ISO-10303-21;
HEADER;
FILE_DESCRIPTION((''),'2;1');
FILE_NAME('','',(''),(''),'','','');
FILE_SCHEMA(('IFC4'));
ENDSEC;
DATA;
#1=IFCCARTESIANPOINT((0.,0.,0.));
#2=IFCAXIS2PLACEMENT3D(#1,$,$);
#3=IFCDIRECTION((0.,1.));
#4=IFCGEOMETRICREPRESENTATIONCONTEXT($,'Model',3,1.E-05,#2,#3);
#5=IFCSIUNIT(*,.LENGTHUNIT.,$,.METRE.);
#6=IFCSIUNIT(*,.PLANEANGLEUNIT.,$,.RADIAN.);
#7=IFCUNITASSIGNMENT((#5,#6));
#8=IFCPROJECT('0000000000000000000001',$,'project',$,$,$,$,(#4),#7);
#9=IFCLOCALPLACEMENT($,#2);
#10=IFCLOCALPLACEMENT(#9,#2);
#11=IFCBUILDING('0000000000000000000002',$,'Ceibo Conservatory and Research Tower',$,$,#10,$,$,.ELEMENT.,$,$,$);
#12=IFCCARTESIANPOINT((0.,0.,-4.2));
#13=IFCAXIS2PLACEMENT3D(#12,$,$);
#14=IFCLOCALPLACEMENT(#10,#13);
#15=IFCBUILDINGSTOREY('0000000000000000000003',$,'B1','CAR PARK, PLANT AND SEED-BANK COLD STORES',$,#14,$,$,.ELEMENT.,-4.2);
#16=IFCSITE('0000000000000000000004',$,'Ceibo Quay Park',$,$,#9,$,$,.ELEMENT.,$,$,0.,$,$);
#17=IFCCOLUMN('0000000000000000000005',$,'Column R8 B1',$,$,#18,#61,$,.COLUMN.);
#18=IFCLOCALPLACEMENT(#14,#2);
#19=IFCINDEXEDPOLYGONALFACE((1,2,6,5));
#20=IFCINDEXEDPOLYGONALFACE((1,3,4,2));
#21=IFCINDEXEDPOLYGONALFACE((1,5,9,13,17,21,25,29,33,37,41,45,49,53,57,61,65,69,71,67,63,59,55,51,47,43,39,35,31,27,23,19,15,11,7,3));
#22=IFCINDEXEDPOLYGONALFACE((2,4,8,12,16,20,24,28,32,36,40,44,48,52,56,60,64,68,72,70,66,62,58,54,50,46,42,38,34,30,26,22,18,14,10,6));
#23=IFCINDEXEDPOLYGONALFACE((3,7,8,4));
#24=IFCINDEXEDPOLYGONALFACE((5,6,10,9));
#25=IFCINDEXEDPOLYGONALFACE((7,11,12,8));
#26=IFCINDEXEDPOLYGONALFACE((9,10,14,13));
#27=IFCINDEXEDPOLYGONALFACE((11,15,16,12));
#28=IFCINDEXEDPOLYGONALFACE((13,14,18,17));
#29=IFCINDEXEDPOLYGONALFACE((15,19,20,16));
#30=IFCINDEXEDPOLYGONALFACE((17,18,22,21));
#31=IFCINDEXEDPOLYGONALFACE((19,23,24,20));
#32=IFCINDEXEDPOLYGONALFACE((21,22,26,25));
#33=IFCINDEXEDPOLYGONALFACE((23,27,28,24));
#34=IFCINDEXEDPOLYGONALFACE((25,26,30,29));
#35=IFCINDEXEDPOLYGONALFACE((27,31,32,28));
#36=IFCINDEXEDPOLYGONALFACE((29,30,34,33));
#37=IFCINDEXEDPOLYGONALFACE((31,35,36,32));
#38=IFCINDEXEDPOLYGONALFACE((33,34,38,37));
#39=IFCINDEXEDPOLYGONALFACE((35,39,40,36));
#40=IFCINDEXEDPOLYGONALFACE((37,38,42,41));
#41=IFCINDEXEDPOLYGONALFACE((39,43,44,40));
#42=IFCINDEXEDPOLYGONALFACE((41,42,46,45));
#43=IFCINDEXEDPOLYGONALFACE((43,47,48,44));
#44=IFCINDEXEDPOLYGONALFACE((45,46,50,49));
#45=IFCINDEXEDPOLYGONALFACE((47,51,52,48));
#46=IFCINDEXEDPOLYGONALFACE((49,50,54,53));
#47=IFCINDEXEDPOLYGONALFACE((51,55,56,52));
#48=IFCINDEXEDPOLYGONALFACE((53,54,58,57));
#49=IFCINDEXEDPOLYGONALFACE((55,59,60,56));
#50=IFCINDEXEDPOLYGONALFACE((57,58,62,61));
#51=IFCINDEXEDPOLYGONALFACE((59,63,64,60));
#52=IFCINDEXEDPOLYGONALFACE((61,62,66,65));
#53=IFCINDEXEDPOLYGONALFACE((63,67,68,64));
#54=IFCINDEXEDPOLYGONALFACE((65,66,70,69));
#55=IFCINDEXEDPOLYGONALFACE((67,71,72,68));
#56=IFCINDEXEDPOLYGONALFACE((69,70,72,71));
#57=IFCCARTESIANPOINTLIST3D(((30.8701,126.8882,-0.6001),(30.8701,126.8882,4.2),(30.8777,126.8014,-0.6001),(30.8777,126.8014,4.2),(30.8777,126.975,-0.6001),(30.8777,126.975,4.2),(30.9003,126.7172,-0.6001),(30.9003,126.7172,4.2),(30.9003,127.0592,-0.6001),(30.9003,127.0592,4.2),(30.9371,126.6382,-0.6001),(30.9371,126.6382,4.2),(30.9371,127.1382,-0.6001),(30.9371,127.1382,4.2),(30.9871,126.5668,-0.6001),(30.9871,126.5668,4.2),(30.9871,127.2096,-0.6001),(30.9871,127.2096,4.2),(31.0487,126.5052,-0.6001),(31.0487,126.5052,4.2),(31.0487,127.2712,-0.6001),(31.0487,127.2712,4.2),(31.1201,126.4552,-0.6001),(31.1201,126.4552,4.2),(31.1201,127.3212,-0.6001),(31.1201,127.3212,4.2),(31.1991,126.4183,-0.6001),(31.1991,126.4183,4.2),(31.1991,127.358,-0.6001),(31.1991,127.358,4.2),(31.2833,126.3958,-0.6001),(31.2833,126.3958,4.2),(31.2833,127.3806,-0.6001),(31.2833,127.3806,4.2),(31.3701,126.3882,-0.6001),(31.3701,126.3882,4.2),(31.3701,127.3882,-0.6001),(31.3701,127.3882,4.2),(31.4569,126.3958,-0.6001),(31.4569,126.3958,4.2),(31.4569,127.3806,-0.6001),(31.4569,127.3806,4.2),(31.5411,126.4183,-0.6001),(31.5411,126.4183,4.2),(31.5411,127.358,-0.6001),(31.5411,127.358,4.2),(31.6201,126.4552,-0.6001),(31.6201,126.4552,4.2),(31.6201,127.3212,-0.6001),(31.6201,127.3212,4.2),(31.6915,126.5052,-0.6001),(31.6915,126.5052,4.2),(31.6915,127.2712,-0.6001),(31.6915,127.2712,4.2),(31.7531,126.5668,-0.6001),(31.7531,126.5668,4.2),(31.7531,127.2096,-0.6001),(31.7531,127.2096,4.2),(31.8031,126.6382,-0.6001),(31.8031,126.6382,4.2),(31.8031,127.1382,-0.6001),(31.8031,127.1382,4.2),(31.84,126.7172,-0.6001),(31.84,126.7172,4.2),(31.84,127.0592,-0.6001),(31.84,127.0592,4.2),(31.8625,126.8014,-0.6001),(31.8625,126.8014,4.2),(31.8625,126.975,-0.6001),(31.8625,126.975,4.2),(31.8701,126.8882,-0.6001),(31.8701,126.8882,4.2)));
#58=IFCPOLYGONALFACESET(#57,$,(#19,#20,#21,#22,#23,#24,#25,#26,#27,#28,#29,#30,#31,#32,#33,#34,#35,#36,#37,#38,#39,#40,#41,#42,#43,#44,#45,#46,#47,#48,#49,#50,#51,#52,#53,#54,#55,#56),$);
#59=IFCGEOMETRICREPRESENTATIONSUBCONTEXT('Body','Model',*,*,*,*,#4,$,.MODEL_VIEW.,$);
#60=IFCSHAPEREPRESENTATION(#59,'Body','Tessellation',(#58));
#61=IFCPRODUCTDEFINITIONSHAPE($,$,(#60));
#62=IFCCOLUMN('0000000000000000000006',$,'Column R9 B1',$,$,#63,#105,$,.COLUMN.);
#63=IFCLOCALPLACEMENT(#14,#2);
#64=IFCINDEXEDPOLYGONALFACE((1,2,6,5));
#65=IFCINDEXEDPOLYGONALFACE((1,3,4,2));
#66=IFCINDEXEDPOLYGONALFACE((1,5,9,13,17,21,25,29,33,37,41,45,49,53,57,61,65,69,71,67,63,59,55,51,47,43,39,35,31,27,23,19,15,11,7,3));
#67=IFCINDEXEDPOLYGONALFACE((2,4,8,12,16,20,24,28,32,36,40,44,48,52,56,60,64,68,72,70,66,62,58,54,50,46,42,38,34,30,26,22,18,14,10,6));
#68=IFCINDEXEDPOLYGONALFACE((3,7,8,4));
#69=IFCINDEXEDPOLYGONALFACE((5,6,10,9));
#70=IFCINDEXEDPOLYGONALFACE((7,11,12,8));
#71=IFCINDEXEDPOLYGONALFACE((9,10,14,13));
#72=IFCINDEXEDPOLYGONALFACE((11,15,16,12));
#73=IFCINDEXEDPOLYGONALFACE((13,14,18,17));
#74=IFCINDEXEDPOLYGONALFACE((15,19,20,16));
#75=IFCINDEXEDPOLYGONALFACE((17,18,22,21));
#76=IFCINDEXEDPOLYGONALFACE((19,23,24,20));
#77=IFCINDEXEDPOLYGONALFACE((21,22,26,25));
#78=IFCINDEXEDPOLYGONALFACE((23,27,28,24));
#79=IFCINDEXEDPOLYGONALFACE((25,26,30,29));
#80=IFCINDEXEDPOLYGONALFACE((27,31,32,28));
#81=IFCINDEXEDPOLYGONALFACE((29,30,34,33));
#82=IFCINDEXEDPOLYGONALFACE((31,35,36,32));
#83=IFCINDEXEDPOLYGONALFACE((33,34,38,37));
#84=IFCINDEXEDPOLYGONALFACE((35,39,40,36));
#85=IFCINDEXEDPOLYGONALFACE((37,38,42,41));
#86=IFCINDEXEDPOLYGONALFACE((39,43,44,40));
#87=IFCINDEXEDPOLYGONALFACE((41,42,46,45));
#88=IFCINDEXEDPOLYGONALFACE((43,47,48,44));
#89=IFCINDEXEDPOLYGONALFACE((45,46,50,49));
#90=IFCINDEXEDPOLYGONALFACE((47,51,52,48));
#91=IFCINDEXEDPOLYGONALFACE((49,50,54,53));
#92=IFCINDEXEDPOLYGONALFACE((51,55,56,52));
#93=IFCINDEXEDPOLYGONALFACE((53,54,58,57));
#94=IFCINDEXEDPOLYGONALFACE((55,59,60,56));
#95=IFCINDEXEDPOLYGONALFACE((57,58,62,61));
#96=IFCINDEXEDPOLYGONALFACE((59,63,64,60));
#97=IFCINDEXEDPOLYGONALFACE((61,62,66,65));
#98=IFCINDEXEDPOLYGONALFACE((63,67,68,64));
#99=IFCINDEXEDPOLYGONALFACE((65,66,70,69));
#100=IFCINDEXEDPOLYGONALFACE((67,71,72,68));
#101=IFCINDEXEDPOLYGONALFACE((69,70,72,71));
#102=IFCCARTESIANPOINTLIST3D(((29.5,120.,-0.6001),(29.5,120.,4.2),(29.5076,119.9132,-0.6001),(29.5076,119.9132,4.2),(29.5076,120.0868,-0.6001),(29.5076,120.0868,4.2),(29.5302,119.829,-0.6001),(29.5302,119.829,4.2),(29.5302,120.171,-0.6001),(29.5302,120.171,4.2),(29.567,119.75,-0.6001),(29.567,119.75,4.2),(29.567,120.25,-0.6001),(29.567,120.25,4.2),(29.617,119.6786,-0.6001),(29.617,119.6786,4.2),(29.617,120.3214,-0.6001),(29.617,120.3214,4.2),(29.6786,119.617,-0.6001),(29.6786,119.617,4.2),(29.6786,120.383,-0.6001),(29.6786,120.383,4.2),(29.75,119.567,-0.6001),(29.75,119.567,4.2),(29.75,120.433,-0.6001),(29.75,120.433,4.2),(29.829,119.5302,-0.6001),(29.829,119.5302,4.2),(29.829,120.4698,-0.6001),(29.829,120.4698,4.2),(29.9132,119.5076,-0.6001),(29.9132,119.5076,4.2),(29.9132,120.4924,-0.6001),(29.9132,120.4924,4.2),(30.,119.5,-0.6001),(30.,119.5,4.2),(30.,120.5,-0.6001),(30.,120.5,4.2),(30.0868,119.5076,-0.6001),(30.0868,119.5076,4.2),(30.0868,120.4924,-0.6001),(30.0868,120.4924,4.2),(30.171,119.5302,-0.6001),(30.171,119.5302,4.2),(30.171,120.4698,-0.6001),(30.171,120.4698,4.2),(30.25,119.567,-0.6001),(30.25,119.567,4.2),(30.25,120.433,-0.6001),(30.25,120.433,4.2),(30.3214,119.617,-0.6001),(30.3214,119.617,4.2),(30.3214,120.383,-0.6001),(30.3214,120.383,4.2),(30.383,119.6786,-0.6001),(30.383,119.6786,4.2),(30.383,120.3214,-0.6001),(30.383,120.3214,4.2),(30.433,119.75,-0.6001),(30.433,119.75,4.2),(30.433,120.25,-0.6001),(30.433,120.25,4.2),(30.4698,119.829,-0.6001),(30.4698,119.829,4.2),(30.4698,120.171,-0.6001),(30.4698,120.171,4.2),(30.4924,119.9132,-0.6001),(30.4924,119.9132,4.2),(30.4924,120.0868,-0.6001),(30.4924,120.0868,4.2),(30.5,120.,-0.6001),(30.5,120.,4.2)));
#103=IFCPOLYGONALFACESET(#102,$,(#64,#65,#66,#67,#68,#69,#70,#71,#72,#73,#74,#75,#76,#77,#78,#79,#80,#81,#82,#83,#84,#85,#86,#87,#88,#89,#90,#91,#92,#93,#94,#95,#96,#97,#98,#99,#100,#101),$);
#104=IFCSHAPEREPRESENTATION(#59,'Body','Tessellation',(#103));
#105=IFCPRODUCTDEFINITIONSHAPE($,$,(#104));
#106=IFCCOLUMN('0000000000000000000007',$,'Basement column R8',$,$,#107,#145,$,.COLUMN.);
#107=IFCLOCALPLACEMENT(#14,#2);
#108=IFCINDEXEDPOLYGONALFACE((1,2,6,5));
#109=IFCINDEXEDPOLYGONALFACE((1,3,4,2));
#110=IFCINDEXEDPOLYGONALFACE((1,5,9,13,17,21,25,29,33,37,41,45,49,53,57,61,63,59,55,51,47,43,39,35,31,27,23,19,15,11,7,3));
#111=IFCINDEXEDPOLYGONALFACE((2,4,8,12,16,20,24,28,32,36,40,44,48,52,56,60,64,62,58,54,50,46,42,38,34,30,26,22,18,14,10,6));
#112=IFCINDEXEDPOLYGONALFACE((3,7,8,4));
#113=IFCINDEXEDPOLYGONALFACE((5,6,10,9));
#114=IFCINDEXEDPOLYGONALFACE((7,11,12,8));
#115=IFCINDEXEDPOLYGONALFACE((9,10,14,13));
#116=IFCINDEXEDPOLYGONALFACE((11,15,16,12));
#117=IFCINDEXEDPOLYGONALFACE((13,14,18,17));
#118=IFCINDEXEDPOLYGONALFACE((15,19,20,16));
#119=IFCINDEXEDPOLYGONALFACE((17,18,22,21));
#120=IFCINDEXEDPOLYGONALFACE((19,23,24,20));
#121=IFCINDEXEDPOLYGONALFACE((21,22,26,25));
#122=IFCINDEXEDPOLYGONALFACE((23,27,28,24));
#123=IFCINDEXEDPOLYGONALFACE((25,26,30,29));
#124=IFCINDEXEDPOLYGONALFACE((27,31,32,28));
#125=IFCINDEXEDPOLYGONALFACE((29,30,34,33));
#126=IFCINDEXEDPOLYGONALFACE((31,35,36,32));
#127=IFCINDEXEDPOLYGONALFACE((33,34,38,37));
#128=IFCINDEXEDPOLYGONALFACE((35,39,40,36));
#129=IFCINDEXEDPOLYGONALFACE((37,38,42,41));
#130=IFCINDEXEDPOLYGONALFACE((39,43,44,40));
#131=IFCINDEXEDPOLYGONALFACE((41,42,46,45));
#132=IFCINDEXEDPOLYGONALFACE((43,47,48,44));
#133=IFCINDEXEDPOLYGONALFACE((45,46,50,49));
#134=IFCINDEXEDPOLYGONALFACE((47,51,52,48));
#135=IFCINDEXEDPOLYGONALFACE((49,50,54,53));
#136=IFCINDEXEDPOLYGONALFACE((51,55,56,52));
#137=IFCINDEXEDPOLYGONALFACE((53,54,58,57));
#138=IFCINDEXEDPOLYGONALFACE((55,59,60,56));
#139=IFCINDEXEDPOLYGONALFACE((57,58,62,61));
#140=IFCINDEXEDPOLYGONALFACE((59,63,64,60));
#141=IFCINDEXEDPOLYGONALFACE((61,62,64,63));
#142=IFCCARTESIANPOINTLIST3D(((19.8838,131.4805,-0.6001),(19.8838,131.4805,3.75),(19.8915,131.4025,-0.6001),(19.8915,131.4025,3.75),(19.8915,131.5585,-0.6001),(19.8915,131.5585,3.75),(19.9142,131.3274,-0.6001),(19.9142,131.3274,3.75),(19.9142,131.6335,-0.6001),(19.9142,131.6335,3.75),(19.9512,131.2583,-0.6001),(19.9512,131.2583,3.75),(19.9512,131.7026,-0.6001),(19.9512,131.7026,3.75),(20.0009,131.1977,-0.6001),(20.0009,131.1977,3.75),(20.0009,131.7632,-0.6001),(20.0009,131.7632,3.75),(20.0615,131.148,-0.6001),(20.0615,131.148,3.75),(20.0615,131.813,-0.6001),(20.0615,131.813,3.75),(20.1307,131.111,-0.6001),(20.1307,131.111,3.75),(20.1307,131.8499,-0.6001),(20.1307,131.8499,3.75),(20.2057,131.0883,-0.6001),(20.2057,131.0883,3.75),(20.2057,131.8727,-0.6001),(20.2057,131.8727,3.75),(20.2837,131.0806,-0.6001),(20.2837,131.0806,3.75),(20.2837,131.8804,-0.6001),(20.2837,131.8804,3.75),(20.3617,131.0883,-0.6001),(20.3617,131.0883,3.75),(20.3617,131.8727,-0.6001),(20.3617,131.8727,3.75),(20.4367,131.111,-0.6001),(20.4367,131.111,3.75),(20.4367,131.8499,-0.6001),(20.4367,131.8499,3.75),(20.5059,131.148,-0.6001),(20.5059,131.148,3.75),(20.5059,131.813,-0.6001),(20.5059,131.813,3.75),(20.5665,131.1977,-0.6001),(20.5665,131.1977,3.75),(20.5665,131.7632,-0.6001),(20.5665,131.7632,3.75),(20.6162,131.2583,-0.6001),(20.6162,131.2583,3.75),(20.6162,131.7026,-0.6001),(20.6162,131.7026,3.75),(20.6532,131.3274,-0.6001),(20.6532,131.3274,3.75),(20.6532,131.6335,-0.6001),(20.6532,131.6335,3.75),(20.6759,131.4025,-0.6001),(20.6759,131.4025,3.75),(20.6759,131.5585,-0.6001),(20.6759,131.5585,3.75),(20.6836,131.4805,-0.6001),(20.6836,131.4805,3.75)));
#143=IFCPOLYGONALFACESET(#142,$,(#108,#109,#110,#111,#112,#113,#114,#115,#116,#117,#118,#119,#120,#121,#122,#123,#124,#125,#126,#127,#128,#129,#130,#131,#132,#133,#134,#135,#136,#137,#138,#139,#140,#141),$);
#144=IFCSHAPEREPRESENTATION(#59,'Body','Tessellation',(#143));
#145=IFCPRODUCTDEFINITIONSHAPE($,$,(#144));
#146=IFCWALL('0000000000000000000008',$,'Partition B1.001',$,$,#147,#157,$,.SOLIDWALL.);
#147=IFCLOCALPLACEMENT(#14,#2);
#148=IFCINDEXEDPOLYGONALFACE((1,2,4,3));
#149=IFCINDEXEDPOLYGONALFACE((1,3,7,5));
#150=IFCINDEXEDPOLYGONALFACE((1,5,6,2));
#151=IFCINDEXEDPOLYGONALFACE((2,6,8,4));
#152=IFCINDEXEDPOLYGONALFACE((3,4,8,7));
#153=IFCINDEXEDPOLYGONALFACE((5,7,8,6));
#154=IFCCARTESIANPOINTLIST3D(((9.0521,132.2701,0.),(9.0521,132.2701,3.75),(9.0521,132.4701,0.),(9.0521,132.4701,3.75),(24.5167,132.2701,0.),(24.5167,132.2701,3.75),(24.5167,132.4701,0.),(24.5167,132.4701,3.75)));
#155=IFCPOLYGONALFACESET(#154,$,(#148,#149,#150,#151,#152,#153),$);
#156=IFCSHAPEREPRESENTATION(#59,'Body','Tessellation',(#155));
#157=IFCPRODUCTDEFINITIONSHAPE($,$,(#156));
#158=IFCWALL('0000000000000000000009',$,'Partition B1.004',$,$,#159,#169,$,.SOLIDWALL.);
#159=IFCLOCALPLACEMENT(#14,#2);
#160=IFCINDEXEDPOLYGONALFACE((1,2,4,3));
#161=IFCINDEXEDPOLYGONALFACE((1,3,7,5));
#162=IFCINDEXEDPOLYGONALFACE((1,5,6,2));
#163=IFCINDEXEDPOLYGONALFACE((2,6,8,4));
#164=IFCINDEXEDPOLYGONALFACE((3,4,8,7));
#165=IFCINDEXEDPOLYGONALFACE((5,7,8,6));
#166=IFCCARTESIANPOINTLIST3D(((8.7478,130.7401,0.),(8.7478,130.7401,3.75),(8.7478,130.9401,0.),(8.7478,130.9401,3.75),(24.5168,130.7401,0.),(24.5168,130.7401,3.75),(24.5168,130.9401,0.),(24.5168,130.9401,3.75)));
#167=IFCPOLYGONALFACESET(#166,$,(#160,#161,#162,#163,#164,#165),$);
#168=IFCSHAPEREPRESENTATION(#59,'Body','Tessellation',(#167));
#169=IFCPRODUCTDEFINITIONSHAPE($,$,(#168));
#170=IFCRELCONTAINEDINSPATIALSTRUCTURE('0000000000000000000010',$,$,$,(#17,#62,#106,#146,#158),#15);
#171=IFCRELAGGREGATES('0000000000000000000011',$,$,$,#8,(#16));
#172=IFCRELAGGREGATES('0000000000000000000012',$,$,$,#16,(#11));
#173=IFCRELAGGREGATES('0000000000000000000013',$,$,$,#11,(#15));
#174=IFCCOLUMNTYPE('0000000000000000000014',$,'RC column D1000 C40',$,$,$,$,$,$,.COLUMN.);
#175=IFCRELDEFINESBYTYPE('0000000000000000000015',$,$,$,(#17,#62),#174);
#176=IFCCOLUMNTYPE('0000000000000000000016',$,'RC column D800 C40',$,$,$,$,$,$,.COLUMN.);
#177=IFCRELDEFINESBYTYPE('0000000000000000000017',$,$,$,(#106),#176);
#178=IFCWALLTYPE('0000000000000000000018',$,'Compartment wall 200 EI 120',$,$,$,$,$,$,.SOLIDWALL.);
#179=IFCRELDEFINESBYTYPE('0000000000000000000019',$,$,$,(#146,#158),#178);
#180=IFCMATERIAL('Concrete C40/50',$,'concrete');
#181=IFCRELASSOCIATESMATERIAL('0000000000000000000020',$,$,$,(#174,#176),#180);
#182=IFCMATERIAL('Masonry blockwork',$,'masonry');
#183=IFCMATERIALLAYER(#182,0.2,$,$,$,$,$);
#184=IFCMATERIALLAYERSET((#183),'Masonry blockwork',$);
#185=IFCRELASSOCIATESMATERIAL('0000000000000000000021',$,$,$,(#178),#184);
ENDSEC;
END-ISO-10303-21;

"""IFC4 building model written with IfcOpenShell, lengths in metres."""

from ifc_helpers import new_model, si_unit, direction, frame, frame_2d, origin, origin_2d, place, context, subcontext, project, spatial, rectangle, circle, extrude, material, layer, layer_set, material_profile, profile_set, type_object, element, save


model = new_model("IFC4")

# Units and contexts
model_context = context("Model", 3, precision=1e-05, world=origin(), true_north=direction((0.0, 1.0)))
body_context = subcontext(model_context, "Body", "Model", "MODEL_VIEW")
ifc_project = project(units=[si_unit("LENGTHUNIT", "METRE"), si_unit("PLANEANGLEUNIT", "RADIAN")], contexts=[model_context])

# Site, building, storey
site_placement = place(None, origin())
site = spatial("IfcSite", under=ifc_project, at=site_placement, Name="Ceibo Quay Park", CompositionType="ELEMENT", RefElevation=0.0)
building_placement = place(site_placement, origin())
building = spatial("IfcBuilding", under=site, at=building_placement, Name="Ceibo Conservatory and Research Tower", CompositionType="ELEMENT")
storey_placement = place(building_placement, frame((0.0, 0.0, -4.2)))
storey = spatial("IfcBuildingStorey", under=building, at=storey_placement, Name="B1", Description="CAR PARK, PLANT AND SEED-BANK COLD STORES", CompositionType="ELEMENT", Elevation=-4.2)

# Shared definitions
ifc_material_1 = material(Name="Concrete C40/50", Category="concrete")

# Columns
ifc_material_profile_1 = material_profile(ifc_material_1, circle(Radius=0.5, at=origin_2d()), Name="RC D1000")
ifc_profile_set_1 = profile_set([ifc_material_profile_1], Name="Concrete C40/50")
column_type_1 = type_object("IfcColumnType", Name="RC column D1000 C40", PredefinedType="COLUMN", material=ifc_profile_set_1)
for number, where, z_axis, x_axis, name in (
    (1, (31.3701, 126.8882, -0.6001), (0.0, 0.0, 1.0), (1.0, 0.0, 0.0), "Column R8 B1"),
    (2, (30.0, 120.0, -0.6001), (0.0, 0.0, 1.0), (1.0, 0.0, 0.0), "Column R9 B1"),
):
    element("IfcColumn", number, at=place(storey_placement, frame(where, z_axis=z_axis, x_axis=x_axis)), inside=storey, type_object=column_type_1, Name=name, PredefinedType="COLUMN", context=body_context, shape_type="SweptSolid", body=[
        extrude(circle(Radius=0.5, at=origin_2d()), origin(), (0.0, 0.0, 1.0), 4.8),
    ])
ifc_material_profile_2 = material_profile(ifc_material_1, circle(Radius=0.3999, at=origin_2d()), Name="RC D800")
ifc_profile_set_2 = profile_set([ifc_material_profile_2], Name="Concrete C40/50")
column_type_2 = type_object("IfcColumnType", Name="RC column D800 C40", PredefinedType="COLUMN", material=ifc_profile_set_2)
column_placement = place(storey_placement, frame((20.2837, 131.4805, -0.6001), z_axis=(0.0, 0.0, 1.0), x_axis=(1.0, 0.0, 0.0)))
element("IfcColumn", 3, at=column_placement, inside=storey, type_object=column_type_2, Name="Basement column R8", PredefinedType="COLUMN", context=body_context, shape_type="SweptSolid", body=[
    extrude(circle(Radius=0.3999, at=origin_2d()), origin(), (0.0, 0.0, 1.0), 4.3501),
])

# Walls
ifc_material_2 = material(Name="Masonry blockwork", Category="masonry")
ifc_layer_1 = layer(ifc_material_2, 0.2)
ifc_layer_set_1 = layer_set([ifc_layer_1], Name="Masonry blockwork")
wall_type = type_object("IfcWallType", Name="Compartment wall 200 EI 120", PredefinedType="SOLIDWALL", material=ifc_layer_set_1)
wall_1_placement = place(storey_placement, frame((24.5168, 132.3701, 0.0), z_axis=(0.0, 0.0, 1.0), x_axis=(-1.0, 0.0, 0.0)))
element("IfcWall", 4, at=wall_1_placement, inside=storey, type_object=wall_type, Name="Partition B1.001", PredefinedType="SOLIDWALL", context=body_context, shape_type="SweptSolid", body=[
    extrude(rectangle(XDim=15.4646, YDim=0.2, at=frame_2d((7.7324, 0.0))), origin(), (0.0, 0.0, 1.0), 3.75),
])
wall_2_placement = place(storey_placement, frame((24.5168, 130.8401, 0.0), z_axis=(0.0, 0.0, 1.0), x_axis=(-1.0, 0.0, 0.0)))
element("IfcWall", 5, at=wall_2_placement, inside=storey, type_object=wall_type, Name="Partition B1.004", PredefinedType="SOLIDWALL", context=body_context, shape_type="SweptSolid", body=[
    extrude(rectangle(XDim=15.769, YDim=0.2, at=frame_2d((7.8845, 0.0))), origin(), (0.0, 0.0, 1.0), 3.75),
])

save(model, "model.ifc")
